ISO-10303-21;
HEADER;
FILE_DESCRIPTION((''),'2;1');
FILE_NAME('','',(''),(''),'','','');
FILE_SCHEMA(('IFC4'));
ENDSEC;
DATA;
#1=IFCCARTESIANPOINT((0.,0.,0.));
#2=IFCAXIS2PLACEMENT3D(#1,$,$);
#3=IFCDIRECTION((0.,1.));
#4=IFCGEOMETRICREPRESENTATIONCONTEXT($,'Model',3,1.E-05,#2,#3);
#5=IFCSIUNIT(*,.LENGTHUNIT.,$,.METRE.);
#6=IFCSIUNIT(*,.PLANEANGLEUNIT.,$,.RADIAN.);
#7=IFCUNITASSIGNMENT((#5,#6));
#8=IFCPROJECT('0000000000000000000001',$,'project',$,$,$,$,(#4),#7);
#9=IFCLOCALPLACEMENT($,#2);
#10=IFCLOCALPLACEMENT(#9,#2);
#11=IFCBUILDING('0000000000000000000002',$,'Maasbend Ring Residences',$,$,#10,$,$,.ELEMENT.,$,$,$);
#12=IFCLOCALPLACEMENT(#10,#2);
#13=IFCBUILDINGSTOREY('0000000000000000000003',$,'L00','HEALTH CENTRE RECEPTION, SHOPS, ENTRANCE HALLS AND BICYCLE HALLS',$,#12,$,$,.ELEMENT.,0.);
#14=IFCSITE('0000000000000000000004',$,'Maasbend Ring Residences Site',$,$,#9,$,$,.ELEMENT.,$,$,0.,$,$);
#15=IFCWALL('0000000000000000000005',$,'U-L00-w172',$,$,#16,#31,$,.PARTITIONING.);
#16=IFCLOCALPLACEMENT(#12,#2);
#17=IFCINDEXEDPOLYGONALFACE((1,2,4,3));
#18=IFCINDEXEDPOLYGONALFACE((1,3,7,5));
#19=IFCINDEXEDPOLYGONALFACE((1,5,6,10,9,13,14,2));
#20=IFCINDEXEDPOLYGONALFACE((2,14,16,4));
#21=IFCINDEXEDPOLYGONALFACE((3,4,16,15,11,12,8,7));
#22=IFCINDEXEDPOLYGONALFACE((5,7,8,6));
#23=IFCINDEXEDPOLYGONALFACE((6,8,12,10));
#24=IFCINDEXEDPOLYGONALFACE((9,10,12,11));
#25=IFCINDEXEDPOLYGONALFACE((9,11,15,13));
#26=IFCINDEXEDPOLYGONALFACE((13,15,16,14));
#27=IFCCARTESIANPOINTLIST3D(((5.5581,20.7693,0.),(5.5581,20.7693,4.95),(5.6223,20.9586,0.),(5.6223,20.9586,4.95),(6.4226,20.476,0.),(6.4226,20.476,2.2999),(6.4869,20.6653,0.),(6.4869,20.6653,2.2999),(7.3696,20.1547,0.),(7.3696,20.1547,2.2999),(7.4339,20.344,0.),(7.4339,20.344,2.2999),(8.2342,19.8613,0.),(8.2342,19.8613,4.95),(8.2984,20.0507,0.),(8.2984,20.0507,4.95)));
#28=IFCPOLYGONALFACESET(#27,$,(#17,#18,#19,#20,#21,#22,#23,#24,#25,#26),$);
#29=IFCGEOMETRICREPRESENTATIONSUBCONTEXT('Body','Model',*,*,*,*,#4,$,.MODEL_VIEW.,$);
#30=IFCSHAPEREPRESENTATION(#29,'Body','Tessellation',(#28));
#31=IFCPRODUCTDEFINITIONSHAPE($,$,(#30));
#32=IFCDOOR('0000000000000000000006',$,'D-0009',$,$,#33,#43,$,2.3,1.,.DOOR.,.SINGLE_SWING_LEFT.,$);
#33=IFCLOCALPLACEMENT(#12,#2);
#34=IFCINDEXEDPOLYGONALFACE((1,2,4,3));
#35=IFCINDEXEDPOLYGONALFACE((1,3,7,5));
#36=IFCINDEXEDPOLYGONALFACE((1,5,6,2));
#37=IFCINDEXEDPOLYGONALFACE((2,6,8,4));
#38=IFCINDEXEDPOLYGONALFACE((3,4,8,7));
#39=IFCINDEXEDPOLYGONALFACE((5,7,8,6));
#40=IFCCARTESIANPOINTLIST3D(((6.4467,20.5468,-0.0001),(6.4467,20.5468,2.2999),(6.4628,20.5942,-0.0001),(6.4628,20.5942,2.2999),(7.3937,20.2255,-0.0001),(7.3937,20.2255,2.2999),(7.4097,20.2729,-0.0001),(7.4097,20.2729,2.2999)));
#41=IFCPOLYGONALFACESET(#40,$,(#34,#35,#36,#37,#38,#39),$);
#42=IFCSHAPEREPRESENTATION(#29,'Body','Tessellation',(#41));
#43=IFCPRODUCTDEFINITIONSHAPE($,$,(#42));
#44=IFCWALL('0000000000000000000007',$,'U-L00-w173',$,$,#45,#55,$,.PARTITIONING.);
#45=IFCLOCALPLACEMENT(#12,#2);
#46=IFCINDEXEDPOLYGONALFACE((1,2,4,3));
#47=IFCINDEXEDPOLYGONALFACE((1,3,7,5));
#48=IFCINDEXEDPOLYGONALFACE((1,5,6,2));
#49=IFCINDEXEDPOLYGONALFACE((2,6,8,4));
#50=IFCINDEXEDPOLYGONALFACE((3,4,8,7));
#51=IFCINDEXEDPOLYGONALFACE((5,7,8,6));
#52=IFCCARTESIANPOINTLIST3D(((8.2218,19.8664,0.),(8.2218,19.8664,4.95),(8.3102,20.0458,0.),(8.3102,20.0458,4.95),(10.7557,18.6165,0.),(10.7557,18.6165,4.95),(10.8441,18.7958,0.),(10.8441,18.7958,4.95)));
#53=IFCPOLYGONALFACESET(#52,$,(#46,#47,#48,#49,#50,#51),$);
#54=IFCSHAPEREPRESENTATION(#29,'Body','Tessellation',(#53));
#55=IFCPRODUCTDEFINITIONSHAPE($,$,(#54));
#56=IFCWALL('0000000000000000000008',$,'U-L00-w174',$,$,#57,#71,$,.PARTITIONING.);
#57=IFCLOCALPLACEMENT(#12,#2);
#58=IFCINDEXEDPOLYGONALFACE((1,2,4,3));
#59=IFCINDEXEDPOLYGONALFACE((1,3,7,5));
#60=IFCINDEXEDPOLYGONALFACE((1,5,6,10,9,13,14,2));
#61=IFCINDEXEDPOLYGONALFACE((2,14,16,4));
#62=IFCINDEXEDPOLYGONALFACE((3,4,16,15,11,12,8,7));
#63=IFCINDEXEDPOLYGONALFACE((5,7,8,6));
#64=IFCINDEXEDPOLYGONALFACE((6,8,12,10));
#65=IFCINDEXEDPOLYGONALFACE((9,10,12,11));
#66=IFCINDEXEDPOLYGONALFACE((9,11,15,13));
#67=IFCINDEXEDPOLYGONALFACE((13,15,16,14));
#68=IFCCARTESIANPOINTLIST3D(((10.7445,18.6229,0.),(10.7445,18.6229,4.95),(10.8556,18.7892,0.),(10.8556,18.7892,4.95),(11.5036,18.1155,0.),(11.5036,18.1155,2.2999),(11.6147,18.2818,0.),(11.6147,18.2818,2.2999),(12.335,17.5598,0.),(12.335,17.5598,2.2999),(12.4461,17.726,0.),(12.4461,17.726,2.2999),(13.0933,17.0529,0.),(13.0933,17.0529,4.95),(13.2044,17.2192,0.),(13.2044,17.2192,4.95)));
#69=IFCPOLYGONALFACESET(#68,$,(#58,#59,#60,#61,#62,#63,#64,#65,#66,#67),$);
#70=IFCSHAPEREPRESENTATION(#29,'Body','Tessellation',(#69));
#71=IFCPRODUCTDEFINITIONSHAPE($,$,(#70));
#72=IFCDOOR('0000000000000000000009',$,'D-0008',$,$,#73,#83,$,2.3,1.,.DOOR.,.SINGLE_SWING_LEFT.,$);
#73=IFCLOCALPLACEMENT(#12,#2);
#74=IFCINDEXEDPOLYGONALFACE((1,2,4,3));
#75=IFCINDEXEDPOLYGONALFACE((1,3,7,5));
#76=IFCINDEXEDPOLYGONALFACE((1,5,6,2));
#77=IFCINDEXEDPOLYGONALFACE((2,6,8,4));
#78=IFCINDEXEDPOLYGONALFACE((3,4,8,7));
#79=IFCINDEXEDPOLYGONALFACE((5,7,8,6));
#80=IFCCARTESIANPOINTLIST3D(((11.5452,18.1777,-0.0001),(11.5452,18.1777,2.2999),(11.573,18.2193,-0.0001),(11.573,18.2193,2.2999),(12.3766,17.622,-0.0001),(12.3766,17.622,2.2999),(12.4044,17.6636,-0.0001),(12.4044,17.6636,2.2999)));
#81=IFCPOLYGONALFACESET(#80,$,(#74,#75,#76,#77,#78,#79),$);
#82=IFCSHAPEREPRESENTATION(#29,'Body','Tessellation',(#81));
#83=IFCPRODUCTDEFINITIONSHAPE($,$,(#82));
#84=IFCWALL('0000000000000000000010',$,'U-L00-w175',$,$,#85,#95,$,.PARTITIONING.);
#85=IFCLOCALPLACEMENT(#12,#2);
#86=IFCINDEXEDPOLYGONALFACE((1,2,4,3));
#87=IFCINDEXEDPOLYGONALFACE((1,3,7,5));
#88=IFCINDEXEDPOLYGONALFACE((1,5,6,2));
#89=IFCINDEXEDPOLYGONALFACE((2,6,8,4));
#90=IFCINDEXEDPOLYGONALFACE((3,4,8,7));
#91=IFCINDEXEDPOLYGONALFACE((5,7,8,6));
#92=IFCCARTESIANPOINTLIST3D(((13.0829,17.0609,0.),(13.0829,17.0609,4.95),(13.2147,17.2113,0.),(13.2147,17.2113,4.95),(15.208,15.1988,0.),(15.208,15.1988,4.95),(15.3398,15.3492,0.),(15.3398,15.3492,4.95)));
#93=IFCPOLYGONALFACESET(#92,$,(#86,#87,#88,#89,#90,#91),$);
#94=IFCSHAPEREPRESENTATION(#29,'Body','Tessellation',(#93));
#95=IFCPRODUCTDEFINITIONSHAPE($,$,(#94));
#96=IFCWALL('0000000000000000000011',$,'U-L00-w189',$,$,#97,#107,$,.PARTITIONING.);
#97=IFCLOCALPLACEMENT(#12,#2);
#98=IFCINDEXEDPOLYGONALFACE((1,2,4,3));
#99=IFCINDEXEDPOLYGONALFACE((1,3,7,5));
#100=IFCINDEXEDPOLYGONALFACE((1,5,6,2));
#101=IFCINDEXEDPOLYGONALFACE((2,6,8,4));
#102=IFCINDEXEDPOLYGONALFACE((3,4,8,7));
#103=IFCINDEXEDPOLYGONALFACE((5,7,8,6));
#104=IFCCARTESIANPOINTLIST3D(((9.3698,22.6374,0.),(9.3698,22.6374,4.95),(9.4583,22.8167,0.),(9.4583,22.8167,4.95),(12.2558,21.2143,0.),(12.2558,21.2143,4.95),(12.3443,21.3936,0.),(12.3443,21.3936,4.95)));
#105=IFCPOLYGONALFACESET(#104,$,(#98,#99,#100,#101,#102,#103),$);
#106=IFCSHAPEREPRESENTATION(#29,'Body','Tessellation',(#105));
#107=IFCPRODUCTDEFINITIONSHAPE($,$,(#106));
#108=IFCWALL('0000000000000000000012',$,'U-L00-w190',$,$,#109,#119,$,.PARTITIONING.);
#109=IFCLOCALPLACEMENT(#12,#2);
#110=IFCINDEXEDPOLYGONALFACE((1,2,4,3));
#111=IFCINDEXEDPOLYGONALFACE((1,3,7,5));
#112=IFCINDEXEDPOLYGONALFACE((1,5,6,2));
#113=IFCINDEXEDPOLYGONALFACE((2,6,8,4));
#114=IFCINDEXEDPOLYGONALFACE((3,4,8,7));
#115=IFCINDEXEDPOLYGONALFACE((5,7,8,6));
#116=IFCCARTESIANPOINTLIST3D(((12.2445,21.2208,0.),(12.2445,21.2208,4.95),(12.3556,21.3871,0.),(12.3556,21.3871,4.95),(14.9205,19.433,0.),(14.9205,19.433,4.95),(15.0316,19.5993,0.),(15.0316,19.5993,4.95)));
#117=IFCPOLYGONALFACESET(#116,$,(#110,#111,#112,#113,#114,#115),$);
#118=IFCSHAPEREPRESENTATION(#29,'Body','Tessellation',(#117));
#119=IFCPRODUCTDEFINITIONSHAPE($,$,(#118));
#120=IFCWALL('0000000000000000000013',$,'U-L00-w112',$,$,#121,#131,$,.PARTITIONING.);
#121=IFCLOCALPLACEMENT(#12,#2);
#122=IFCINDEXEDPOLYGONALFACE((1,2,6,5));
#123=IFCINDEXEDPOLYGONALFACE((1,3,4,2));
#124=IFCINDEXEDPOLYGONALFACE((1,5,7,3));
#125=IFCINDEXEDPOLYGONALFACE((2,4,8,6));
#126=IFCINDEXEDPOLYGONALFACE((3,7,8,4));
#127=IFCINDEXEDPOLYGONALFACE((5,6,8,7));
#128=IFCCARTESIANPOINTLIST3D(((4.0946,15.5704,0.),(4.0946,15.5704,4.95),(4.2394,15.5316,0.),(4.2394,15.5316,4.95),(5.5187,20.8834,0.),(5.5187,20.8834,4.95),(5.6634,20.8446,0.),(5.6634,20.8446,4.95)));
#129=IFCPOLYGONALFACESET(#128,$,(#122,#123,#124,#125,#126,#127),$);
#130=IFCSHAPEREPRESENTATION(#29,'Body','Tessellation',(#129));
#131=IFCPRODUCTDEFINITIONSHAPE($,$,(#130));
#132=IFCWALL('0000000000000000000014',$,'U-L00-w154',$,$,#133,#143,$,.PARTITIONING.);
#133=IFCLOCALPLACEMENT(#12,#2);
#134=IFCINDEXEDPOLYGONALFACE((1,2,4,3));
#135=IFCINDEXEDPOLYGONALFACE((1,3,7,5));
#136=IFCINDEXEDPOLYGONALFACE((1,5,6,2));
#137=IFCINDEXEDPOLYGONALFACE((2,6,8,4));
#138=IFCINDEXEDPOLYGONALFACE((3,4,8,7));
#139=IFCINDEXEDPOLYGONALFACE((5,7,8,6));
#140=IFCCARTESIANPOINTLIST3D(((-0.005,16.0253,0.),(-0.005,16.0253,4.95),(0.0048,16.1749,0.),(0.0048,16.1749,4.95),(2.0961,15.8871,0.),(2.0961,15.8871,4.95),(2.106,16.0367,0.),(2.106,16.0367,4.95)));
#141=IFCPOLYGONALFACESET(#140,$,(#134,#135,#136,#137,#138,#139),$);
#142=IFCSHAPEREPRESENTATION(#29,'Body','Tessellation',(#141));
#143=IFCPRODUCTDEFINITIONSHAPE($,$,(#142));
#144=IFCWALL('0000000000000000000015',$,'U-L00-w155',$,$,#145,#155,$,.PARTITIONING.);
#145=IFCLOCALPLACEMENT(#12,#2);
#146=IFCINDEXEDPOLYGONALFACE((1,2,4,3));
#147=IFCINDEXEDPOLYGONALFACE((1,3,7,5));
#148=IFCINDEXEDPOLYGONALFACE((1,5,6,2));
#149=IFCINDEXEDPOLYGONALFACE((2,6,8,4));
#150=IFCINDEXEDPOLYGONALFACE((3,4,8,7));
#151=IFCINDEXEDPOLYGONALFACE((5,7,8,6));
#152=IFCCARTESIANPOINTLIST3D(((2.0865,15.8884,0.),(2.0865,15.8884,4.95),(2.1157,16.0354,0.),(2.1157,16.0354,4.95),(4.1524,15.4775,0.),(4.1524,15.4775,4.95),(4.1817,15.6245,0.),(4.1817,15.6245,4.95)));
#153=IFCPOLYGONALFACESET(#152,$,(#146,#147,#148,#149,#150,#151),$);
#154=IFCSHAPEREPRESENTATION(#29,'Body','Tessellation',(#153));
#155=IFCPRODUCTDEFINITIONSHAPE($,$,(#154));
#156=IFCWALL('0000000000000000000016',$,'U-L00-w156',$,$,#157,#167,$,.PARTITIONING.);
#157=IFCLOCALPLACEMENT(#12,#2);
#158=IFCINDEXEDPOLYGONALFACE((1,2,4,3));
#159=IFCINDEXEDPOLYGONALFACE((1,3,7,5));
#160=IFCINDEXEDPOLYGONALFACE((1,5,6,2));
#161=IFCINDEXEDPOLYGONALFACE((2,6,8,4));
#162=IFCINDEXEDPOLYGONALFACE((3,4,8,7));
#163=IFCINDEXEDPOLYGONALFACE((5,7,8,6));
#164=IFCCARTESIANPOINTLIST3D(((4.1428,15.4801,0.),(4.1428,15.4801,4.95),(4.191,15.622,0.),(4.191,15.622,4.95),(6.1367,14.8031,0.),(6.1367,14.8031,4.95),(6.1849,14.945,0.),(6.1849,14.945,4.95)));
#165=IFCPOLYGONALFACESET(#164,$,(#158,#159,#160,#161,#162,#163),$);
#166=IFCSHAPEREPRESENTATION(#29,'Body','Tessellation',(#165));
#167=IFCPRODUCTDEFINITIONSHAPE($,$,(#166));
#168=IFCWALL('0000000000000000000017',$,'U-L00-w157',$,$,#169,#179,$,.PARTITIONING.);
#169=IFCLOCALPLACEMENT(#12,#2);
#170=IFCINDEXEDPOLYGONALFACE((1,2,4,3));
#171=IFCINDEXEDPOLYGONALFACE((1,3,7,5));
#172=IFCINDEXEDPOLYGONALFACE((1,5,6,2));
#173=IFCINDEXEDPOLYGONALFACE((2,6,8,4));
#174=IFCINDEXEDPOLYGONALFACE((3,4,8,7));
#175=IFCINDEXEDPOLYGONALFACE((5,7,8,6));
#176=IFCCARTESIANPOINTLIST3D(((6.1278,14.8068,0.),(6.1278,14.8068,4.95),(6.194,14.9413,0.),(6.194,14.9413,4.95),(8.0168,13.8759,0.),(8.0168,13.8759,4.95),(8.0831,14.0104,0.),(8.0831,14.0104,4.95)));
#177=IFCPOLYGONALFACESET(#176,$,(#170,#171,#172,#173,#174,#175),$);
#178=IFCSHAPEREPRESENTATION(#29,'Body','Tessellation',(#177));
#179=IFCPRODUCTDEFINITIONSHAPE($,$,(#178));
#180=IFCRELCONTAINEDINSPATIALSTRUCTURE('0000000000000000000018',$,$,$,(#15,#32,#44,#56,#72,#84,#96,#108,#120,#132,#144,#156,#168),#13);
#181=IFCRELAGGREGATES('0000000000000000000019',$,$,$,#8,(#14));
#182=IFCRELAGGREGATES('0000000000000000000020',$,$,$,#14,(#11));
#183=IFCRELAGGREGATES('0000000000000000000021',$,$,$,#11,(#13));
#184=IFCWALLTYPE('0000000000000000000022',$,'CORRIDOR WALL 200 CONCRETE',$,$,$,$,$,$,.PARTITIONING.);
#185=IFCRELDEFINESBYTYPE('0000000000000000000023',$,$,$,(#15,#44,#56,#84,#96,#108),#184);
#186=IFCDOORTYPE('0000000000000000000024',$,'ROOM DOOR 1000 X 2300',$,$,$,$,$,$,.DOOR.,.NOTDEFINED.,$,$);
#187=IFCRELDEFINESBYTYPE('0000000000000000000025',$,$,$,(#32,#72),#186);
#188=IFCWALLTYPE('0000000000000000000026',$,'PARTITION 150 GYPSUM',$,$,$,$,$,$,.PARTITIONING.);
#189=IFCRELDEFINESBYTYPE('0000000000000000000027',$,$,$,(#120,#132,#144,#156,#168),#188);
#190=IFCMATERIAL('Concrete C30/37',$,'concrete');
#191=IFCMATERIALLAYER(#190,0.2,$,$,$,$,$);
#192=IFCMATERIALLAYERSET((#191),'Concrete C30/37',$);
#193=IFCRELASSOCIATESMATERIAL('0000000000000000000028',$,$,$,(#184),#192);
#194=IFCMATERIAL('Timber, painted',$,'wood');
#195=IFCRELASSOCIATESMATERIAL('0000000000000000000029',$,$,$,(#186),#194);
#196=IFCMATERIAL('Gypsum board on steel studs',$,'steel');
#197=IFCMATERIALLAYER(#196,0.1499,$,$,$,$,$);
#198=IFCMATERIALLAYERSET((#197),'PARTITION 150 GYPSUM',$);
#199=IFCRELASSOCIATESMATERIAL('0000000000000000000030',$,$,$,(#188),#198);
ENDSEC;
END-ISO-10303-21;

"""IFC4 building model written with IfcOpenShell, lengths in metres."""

from ifc_helpers import new_model, si_unit, direction, frame, frame_2d, origin, place, context, subcontext, project, spatial, rectangle, extrude, material, layer, layer_set, type_object, element, fill, save


model = new_model("IFC4")

# Units and contexts
model_context = context("Model", 3, precision=1e-05, world=origin(), true_north=direction((0.0, 1.0)))
body_context = subcontext(model_context, "Body", "Model", "MODEL_VIEW")
ifc_project = project(units=[si_unit("LENGTHUNIT", "METRE"), si_unit("PLANEANGLEUNIT", "RADIAN")], contexts=[model_context])

# Site, building, storey
site_placement = place(None, origin())
site = spatial("IfcSite", under=ifc_project, at=site_placement, Name="Maasbend Ring Residences Site", CompositionType="ELEMENT", RefElevation=0.0)
building_placement = place(site_placement, origin())
building = spatial("IfcBuilding", under=site, at=building_placement, Name="Maasbend Ring Residences", CompositionType="ELEMENT")
storey_placement = place(building_placement, origin())
storey = spatial("IfcBuildingStorey", under=building, at=storey_placement, Name="L00", Description="HEALTH CENTRE RECEPTION, SHOPS, ENTRANCE HALLS AND BICYCLE HALLS", CompositionType="ELEMENT", Elevation=0.0)

# Shared definitions
ifc_material_1 = material(Name="Concrete C30/37", Category="concrete")
ifc_layer_1 = layer(ifc_material_1, 0.2)
ifc_layer_set_1 = layer_set([ifc_layer_1], Name="Concrete C30/37")
wall_type_1 = type_object("IfcWallType", Name="CORRIDOR WALL 200 CONCRETE", PredefinedType="PARTITIONING", material=ifc_layer_set_1)

# Shared definitions
ifc_material_2 = material(Name="Timber, painted", Category="wood")
door_type = type_object("IfcDoorType", Name="ROOM DOOR 1000 X 2300", OperationType="NOTDEFINED", PredefinedType="DOOR", material=ifc_material_2)

# Wall, opening, door
wall_1_placement = place(storey_placement, frame((5.5901, 20.864, 0.0), z_axis=(0.0, 0.0, 1.0), x_axis=(0.946976, -0.321303, 0.0)))
wall_1 = element("IfcWall", 1, at=wall_1_placement, inside=storey, type_object=wall_type_1, Name="U-L00-w172", PredefinedType="PARTITIONING", context=body_context, shape_type="SweptSolid", body=[
    extrude(rectangle(XDim=2.8259, YDim=0.2, at=frame_2d((1.4131, 0.0))), origin(), (0.0, 0.0, 1.0), 4.95),
])
opening_1_placement = place(wall_1_placement, frame((0.9131, 0.0, 0.0)))
opening_1 = element("IfcOpeningElement", 2, at=opening_1_placement, cuts=wall_1, PredefinedType="OPENING", context=body_context, shape_type="SweptSolid", body=[
    extrude(rectangle(XDim=1.0, YDim=2.3, at=frame_2d((0.5, 1.1499))), frame((0.0, 0.1099, 0.0), z_axis=(0.0, -1.0, 0.0), x_axis=(1.0, 0.0, 0.0)), (0.0, 0.0, 1.0), 0.22),
])
door_1_placement = place(opening_1_placement, origin())
door_1 = element("IfcDoor", 3, at=door_1_placement, inside=storey, type_object=door_type, Name="D-0009", OperationType="SINGLE_SWING_LEFT", OverallHeight=2.3, OverallWidth=1.0, PredefinedType="DOOR", context=body_context, shape_type="SweptSolid", body=[
    extrude(rectangle(XDim=1.0, YDim=2.3, at=frame_2d((0.5, 1.1499))), frame((0.0, 0.0249, 0.0), z_axis=(0.0, -1.0, 0.0), x_axis=(1.0, 0.0, 0.0)), (0.0, 0.0, 1.0), 0.05),
])
fill(opening_1, door_1)

# Wall
wall_2_placement = place(storey_placement, frame((8.2661, 19.9561, 0.0), z_axis=(0.0, 0.0, 1.0), x_axis=(0.896816, -0.442403, 0.0)))
element("IfcWall", 4, at=wall_2_placement, inside=storey, type_object=wall_type_1, Name="U-L00-w173", PredefinedType="PARTITIONING", context=body_context, shape_type="SweptSolid", body=[
    extrude(rectangle(XDim=2.8254, YDim=0.2, at=frame_2d((1.4126, 0.0))), origin(), (0.0, 0.0, 1.0), 4.95),
])

# Wall, opening, door
wall_3_placement = place(storey_placement, frame((10.8, 18.7061, 0.0), z_axis=(0.0, 0.0, 1.0), x_axis=(0.831372, -0.555717, 0.0)))
wall_3 = element("IfcWall", 5, at=wall_3_placement, inside=storey, type_object=wall_type_1, Name="U-L00-w174", PredefinedType="PARTITIONING", context=body_context, shape_type="SweptSolid", body=[
    extrude(rectangle(XDim=2.8252, YDim=0.2, at=frame_2d((1.4126, 0.0))), origin(), (0.0, 0.0, 1.0), 4.95),
])
opening_2_placement = place(wall_3_placement, frame((0.9131, 0.0, 0.0)))
opening_2 = element("IfcOpeningElement", 6, at=opening_2_placement, cuts=wall_3, PredefinedType="OPENING", context=body_context, shape_type="SweptSolid", body=[
    extrude(rectangle(XDim=1.0, YDim=2.3, at=frame_2d((0.5, 1.1499))), frame((0.0, 0.1099, 0.0), z_axis=(0.0, -1.0, 0.0), x_axis=(1.0, 0.0, 0.0)), (0.0, 0.0, 1.0), 0.22),
])
door_2_placement = place(opening_2_placement, origin())
door_2 = element("IfcDoor", 7, at=door_2_placement, inside=storey, type_object=door_type, Name="D-0008", OperationType="SINGLE_SWING_LEFT", OverallHeight=2.3, OverallWidth=1.0, PredefinedType="DOOR", context=body_context, shape_type="SweptSolid", body=[
    extrude(rectangle(XDim=1.0, YDim=2.3, at=frame_2d((0.5, 1.1499))), frame((0.0, 0.0249, 0.0), z_axis=(0.0, -1.0, 0.0), x_axis=(1.0, 0.0, 0.0)), (0.0, 0.0, 1.0), 0.05),
])
fill(opening_2, door_2)

# Walls
wall_4_placement = place(storey_placement, frame((13.1489, 17.136, 0.0), z_axis=(0.0, 0.0, 1.0), x_axis=(0.752105, -0.659043, 0.0)))
element("IfcWall", 8, at=wall_4_placement, inside=storey, type_object=wall_type_1, Name="U-L00-w175", PredefinedType="PARTITIONING", context=body_context, shape_type="SweptSolid", body=[
    extrude(rectangle(XDim=2.8254, YDim=0.2, at=frame_2d((1.4126, 0.0))), origin(), (0.0, 0.0, 1.0), 4.95),
])
wall_5_placement = place(storey_placement, frame((9.4141, 22.7271, 0.0), z_axis=(0.0, 0.0, 1.0), x_axis=(0.896887, -0.44226, 0.0)))
element("IfcWall", 9, at=wall_5_placement, inside=storey, type_object=wall_type_1, Name="U-L00-w189", PredefinedType="PARTITIONING", context=body_context, shape_type="SweptSolid", body=[
    extrude(rectangle(XDim=3.2178, YDim=0.2, at=frame_2d((1.6089, 0.0))), origin(), (0.0, 0.0, 1.0), 4.95),
])
wall_6_placement = place(storey_placement, frame((12.3, 21.304, 0.0), z_axis=(0.0, 0.0, 1.0), x_axis=(0.831501, -0.555523, 0.0)))
element("IfcWall", 10, at=wall_6_placement, inside=storey, type_object=wall_type_1, Name="U-L00-w190", PredefinedType="PARTITIONING", context=body_context, shape_type="SweptSolid", body=[
    extrude(rectangle(XDim=3.2183, YDim=0.2, at=frame_2d((1.6091, 0.0))), origin(), (0.0, 0.0, 1.0), 4.95),
])
ifc_material_3 = material(Name="Gypsum board on steel studs", Category="steel")
ifc_layer_2 = layer(ifc_material_3, 0.1499)
ifc_layer_set_2 = layer_set([ifc_layer_2], Name="PARTITION 150 GYPSUM")
wall_type_2 = type_object("IfcWallType", Name="PARTITION 150 GYPSUM", PredefinedType="PARTITIONING", material=ifc_layer_set_2)
wall_7_placement = place(storey_placement, frame((4.167, 15.551, 0.0), z_axis=(0.0, 0.0, 1.0), x_axis=(0.258897, 0.965905, 0.0)))
element("IfcWall", 11, at=wall_7_placement, inside=storey, type_object=wall_type_2, Name="U-L00-w112", PredefinedType="PARTITIONING", context=body_context, shape_type="SweptSolid", body=[
    extrude(rectangle(XDim=5.5005, YDim=0.1499, at=frame_2d((2.7502, 0.0))), origin(), (0.0, 0.0, 1.0), 4.95),
])
wall_8_placement = place(storey_placement, frame((0.0, 16.1001, 0.0), z_axis=(0.0, 0.0, 1.0), x_axis=(0.997844, -0.065626, 0.0)))
element("IfcWall", 12, at=wall_8_placement, inside=storey, type_object=wall_type_2, Name="U-L00-w154", PredefinedType="PARTITIONING", context=body_context, shape_type="SweptSolid", body=[
    extrude(rectangle(XDim=2.1057, YDim=0.1499, at=frame_2d((1.0527, 0.0))), origin(), (0.0, 0.0, 1.0), 4.95),
])
wall_9_placement = place(storey_placement, frame((2.1011, 15.9619, 0.0), z_axis=(0.0, 0.0, 1.0), x_axis=(0.98079, -0.195068, 0.0)))
element("IfcWall", 13, at=wall_9_placement, inside=storey, type_object=wall_type_2, Name="U-L00-w155", PredefinedType="PARTITIONING", context=body_context, shape_type="SweptSolid", body=[
    extrude(rectangle(XDim=2.1064, YDim=0.1499, at=frame_2d((1.0532, 0.0))), origin(), (0.0, 0.0, 1.0), 4.95),
])
wall_10_placement = place(storey_placement, frame((4.167, 15.551, 0.0), z_axis=(0.0, 0.0, 1.0), x_axis=(0.946906, -0.32151, 0.0)))
element("IfcWall", 14, at=wall_10_placement, inside=storey, type_object=wall_type_2, Name="U-L00-w156", PredefinedType="PARTITIONING", context=body_context, shape_type="SweptSolid", body=[
    extrude(rectangle(XDim=2.1057, YDim=0.1499, at=frame_2d((1.0527, 0.0))), origin(), (0.0, 0.0, 1.0), 4.95),
])
for number, where, z_axis, x_axis, name in (
    (15, (6.1609, 14.874, 0.0), (0.0, 0.0, 1.0), (0.897009, -0.442013, 0.0), "U-L00-w157"),
):
    element("IfcWall", number, at=place(storey_placement, frame(where, z_axis=z_axis, x_axis=x_axis)), inside=storey, type_object=wall_type_2, Name=name, PredefinedType="PARTITIONING", context=body_context, shape_type="SweptSolid", body=[
        extrude(rectangle(XDim=2.106, YDim=0.1499, at=frame_2d((1.053, 0.0))), origin(), (0.0, 0.0, 1.0), 4.95),
    ])

save(model, "model.ifc")
